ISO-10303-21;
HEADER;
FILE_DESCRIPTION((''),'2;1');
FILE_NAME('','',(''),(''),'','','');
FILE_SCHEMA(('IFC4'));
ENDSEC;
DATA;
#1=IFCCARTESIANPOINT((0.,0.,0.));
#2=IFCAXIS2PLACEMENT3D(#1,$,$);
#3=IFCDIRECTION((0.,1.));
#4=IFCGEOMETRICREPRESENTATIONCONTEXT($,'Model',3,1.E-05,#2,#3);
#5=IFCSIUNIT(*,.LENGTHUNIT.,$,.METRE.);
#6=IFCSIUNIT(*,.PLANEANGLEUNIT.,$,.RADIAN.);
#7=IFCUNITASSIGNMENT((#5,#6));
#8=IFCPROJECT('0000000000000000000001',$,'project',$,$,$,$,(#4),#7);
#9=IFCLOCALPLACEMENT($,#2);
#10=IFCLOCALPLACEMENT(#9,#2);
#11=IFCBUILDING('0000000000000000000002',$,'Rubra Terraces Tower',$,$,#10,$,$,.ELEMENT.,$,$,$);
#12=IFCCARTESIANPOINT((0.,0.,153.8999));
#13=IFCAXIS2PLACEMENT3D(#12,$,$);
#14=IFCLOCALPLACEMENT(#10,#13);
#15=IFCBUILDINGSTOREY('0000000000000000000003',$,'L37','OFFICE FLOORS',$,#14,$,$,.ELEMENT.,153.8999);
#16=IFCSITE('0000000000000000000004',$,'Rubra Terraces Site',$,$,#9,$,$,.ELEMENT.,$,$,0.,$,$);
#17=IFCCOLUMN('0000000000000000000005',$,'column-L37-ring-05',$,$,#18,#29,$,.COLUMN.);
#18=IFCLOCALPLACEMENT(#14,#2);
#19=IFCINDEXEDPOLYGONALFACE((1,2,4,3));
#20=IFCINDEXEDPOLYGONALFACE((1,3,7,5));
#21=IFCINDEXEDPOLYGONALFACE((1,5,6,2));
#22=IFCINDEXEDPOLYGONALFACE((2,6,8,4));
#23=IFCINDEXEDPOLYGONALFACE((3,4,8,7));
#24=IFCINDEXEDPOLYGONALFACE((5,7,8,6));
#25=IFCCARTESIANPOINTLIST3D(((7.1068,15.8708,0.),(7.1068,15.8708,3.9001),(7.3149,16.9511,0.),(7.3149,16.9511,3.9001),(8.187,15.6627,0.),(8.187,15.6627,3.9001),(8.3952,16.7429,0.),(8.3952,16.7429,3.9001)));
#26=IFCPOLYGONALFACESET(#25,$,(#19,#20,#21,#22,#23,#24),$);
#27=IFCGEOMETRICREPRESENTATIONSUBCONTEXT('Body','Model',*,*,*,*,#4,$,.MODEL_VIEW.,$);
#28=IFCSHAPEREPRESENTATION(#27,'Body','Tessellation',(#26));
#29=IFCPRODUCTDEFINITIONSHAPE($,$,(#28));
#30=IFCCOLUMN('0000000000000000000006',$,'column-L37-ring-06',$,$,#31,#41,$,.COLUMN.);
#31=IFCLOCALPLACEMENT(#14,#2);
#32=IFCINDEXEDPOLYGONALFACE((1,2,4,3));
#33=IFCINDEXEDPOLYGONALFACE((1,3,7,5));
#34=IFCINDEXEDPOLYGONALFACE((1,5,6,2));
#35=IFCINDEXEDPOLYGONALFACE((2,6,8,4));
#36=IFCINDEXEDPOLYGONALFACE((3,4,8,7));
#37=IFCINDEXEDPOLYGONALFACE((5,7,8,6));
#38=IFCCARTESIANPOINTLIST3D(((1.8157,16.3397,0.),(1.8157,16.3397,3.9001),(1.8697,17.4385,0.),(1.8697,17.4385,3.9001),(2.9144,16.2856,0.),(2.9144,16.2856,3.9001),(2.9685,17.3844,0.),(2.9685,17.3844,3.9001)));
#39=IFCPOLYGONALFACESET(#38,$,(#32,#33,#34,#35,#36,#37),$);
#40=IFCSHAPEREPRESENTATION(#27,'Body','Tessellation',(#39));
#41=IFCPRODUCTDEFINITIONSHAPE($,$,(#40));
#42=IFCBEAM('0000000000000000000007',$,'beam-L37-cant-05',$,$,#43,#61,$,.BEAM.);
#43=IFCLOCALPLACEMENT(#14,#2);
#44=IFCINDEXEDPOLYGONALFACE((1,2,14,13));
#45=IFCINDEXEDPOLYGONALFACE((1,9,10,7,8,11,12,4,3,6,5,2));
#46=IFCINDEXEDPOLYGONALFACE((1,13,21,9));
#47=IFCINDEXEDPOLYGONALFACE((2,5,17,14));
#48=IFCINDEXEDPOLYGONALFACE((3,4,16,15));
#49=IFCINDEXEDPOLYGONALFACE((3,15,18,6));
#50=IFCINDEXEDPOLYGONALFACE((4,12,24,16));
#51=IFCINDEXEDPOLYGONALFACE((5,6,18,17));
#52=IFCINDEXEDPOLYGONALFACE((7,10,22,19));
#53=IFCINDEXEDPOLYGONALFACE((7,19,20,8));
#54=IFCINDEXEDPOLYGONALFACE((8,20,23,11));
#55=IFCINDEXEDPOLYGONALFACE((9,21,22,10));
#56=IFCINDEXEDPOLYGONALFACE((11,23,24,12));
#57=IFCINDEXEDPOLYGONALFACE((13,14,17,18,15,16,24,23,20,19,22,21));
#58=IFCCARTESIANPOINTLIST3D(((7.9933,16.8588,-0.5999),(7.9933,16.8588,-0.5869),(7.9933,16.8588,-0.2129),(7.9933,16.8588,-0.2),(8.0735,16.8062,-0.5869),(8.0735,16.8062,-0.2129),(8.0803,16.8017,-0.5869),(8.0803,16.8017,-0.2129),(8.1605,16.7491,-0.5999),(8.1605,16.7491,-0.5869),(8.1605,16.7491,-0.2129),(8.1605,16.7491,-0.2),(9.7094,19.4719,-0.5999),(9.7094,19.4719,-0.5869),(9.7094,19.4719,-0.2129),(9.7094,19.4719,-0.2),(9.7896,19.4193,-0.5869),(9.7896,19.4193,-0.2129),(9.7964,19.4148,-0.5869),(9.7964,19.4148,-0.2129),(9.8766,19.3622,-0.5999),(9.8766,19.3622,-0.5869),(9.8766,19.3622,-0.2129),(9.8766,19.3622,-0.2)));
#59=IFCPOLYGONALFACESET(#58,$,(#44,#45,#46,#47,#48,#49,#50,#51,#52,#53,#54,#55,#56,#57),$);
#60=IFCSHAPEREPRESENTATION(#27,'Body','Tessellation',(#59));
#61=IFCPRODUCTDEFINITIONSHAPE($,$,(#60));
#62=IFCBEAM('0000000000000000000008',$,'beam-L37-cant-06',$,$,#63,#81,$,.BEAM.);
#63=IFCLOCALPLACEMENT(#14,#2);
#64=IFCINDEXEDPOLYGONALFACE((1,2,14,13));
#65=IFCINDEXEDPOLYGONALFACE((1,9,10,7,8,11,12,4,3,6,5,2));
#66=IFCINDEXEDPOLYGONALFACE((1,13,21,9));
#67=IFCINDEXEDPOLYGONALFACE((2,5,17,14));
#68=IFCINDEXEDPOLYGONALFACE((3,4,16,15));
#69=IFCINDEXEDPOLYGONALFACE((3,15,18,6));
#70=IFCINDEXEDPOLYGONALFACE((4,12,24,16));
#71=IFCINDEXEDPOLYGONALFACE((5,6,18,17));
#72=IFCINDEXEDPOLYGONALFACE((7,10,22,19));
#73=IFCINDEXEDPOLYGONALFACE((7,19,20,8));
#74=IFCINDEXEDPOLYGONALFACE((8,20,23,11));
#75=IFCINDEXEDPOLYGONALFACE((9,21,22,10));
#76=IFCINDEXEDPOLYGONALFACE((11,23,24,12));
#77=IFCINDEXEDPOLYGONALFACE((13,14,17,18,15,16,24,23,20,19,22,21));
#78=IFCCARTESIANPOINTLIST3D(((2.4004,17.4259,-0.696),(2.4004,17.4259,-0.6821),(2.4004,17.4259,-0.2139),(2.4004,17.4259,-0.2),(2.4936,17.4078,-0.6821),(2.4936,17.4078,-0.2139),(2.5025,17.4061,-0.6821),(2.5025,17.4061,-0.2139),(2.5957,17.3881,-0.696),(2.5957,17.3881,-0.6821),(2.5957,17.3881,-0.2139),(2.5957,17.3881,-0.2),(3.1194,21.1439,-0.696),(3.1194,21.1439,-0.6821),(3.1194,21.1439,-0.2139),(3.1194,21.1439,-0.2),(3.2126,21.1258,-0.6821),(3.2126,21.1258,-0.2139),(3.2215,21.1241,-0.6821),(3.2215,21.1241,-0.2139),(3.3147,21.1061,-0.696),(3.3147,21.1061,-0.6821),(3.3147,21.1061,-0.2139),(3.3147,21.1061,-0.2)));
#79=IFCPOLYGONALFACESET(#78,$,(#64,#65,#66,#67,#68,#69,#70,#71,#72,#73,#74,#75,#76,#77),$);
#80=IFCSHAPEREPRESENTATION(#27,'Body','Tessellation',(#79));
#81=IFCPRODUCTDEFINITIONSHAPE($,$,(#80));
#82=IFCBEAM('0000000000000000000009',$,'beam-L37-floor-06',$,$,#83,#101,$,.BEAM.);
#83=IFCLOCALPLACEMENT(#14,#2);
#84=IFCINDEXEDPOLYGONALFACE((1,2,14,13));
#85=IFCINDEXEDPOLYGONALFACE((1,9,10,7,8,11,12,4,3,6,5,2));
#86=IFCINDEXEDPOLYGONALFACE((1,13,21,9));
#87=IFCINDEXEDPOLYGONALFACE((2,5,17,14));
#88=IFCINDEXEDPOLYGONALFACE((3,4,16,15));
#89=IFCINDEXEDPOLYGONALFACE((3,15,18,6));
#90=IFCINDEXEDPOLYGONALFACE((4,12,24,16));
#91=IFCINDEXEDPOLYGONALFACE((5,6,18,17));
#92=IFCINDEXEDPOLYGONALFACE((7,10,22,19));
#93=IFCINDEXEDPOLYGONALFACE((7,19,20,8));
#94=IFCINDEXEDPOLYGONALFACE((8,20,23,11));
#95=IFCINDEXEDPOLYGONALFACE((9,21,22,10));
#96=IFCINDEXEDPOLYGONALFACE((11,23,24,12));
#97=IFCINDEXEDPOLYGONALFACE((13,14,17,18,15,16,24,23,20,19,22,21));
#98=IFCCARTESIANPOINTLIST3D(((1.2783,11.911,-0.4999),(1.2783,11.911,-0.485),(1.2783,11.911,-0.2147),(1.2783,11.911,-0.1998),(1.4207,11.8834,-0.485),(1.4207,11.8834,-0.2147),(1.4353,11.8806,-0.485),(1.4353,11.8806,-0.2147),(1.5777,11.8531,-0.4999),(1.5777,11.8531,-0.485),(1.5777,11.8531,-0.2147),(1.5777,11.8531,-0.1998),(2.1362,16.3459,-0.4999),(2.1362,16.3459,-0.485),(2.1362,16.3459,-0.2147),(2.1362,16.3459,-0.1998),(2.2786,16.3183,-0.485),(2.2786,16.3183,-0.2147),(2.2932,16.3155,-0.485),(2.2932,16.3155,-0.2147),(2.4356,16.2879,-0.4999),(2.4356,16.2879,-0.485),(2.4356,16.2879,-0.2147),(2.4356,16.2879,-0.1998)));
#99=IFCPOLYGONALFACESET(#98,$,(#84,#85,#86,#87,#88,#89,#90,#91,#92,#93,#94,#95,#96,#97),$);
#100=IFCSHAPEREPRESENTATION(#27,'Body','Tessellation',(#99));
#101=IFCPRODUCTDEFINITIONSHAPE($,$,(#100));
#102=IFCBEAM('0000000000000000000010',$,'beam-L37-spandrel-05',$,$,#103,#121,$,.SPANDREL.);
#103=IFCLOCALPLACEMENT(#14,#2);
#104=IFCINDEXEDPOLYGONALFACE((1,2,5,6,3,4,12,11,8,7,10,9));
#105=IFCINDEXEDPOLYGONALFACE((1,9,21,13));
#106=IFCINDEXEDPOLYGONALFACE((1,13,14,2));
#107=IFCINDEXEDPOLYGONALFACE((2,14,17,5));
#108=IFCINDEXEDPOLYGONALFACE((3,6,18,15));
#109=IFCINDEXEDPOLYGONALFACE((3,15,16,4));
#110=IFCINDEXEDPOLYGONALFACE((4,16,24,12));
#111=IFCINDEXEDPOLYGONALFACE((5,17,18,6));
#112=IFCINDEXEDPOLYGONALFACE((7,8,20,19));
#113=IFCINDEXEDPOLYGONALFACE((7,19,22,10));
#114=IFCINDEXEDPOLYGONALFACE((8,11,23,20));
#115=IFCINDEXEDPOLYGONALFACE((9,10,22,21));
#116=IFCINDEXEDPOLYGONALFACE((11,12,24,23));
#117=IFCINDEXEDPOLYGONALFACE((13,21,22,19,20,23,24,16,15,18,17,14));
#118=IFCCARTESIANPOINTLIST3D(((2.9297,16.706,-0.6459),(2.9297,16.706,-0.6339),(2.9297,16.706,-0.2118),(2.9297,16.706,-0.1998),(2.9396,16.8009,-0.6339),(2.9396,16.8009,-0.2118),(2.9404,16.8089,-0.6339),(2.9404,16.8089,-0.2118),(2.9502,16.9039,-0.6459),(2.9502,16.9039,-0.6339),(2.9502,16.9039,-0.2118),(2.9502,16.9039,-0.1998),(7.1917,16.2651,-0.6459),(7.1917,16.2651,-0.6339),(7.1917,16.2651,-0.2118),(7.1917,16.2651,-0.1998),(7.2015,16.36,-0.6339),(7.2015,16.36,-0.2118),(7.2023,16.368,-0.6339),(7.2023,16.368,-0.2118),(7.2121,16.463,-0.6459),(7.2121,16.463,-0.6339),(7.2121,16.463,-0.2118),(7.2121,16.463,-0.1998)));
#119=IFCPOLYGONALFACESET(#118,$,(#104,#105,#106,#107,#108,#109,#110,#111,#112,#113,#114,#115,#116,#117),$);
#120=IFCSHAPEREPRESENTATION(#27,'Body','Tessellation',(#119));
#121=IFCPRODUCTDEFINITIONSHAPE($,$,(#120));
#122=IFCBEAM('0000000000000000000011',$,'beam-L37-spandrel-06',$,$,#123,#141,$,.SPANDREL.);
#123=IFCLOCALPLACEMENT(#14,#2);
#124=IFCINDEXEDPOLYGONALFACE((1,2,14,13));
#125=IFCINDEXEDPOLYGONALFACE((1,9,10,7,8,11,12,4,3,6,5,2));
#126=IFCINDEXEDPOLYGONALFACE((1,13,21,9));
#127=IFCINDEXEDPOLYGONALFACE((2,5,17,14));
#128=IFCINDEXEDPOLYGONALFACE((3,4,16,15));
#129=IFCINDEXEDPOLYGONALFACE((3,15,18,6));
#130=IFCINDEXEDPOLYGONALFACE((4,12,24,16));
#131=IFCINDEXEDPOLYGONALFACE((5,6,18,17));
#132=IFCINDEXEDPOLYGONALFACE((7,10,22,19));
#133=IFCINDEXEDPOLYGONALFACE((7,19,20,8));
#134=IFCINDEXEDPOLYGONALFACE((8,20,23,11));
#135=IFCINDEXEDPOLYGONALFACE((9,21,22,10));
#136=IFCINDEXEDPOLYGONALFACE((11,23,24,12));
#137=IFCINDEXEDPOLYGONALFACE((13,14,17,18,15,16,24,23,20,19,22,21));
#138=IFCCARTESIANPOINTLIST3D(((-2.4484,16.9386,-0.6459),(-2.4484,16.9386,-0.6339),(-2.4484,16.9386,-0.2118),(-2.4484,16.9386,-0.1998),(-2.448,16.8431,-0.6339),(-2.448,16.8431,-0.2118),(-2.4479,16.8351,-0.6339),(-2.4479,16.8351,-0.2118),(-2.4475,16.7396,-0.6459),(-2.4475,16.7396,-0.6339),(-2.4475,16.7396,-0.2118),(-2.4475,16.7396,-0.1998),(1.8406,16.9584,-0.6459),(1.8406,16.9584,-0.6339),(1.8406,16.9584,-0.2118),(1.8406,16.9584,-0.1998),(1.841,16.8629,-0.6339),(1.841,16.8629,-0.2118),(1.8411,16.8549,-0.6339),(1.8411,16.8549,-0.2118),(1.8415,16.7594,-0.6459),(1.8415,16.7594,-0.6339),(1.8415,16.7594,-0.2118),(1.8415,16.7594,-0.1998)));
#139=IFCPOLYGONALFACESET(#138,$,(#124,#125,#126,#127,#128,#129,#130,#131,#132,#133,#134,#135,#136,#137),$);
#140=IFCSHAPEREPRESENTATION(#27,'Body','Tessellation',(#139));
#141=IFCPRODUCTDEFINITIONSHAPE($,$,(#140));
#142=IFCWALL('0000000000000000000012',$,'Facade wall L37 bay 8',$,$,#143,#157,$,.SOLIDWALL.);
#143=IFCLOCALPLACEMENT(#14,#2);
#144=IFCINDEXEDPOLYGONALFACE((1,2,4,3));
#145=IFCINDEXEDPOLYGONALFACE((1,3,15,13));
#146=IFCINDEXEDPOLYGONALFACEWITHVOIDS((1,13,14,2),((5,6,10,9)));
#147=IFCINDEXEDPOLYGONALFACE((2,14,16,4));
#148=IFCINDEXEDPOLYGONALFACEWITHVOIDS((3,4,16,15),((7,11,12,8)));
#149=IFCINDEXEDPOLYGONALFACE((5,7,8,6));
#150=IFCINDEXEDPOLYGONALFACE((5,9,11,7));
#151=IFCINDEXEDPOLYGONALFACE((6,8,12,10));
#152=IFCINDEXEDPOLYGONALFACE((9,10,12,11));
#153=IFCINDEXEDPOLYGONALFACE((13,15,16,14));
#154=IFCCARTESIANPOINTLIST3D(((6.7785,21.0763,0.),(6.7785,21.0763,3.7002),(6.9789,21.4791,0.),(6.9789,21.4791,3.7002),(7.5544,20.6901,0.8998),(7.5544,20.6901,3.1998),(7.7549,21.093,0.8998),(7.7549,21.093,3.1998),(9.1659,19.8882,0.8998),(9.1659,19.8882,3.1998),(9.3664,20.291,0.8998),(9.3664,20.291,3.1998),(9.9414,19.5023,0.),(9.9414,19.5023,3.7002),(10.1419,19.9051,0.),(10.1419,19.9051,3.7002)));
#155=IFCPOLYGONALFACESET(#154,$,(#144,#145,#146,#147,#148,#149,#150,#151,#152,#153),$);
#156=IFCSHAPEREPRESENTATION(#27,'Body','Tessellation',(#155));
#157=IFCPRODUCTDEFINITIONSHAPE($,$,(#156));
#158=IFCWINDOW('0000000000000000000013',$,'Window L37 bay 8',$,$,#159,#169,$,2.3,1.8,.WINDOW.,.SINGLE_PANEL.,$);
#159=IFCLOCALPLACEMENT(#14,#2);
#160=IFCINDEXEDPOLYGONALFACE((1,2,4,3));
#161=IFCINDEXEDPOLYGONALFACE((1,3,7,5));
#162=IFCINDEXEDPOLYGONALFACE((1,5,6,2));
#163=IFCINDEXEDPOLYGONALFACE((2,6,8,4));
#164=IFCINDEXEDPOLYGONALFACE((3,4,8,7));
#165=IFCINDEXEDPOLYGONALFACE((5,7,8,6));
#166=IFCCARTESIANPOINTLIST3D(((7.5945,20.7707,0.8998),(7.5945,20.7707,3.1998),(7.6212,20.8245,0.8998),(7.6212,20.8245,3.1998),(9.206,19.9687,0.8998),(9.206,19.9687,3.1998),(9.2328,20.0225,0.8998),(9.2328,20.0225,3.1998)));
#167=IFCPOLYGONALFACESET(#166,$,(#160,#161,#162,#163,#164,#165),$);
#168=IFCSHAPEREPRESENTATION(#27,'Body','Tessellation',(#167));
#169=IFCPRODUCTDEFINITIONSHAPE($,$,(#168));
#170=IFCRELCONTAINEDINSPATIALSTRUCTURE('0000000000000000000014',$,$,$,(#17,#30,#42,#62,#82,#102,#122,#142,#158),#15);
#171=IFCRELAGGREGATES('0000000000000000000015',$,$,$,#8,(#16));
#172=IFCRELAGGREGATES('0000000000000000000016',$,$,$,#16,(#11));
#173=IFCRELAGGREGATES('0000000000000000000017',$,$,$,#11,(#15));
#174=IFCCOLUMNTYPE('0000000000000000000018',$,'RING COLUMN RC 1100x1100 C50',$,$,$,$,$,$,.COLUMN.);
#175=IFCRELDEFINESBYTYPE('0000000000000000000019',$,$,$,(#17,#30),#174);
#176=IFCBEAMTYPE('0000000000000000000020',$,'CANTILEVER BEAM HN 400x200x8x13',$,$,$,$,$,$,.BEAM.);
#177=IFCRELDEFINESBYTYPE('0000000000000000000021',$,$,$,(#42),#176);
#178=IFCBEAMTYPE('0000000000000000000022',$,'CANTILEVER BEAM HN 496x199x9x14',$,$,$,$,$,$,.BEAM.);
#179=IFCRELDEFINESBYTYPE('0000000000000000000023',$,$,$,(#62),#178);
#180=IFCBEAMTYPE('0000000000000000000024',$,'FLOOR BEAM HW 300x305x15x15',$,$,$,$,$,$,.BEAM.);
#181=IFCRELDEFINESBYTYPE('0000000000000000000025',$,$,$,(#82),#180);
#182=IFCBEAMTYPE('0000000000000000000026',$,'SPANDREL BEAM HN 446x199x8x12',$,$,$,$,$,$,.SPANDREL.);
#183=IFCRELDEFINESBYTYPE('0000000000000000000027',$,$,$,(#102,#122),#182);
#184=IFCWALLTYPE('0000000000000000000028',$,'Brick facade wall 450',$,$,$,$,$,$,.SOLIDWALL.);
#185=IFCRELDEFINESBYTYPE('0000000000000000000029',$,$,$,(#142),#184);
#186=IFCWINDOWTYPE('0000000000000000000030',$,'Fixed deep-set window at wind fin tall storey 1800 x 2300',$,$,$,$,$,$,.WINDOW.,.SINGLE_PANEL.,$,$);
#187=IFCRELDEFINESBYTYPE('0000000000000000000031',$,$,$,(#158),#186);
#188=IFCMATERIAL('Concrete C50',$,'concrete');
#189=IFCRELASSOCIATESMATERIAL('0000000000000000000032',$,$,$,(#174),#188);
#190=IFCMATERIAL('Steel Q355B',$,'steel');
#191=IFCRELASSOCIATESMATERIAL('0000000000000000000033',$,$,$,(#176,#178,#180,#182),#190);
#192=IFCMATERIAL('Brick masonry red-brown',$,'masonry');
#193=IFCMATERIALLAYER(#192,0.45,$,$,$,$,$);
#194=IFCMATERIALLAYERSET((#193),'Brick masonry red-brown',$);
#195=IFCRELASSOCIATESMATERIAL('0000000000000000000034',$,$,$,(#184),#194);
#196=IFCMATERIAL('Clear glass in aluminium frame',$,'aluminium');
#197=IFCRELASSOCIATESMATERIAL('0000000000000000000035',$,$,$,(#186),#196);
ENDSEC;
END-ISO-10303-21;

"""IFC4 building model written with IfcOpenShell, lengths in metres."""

from ifc_helpers import new_model, si_unit, direction, frame, frame_2d, origin, origin_2d, place, context, subcontext, project, spatial, rectangle, i_section, extrude, material, layer, layer_set, material_profile, profile_set, type_object, element, fill, save


model = new_model("IFC4")

# Units and contexts
model_context = context("Model", 3, precision=1e-05, world=origin(), true_north=direction((0.0, 1.0)))
body_context = subcontext(model_context, "Body", "Model", "MODEL_VIEW")
ifc_project = project(units=[si_unit("LENGTHUNIT", "METRE"), si_unit("PLANEANGLEUNIT", "RADIAN")], contexts=[model_context])

# Site, building, storey
site_placement = place(None, origin())
site = spatial("IfcSite", under=ifc_project, at=site_placement, Name="Rubra Terraces Site", CompositionType="ELEMENT", RefElevation=0.0)
building_placement = place(site_placement, origin())
building = spatial("IfcBuilding", under=site, at=building_placement, Name="Rubra Terraces Tower", CompositionType="ELEMENT")
storey_placement = place(building_placement, frame((0.0, 0.0, 153.8999)))
storey = spatial("IfcBuildingStorey", under=building, at=storey_placement, Name="L37", Description="OFFICE FLOORS", CompositionType="ELEMENT", Elevation=153.8999)

# Columns
ifc_material_1 = material(Name="Concrete C50", Category="concrete")
ifc_material_profile_1 = material_profile(ifc_material_1, rectangle(XDim=1.1001, YDim=1.1001, at=origin_2d()), Name="RC 1100x1100")
ifc_profile_set_1 = profile_set([ifc_material_profile_1], Name="Concrete C50")
column_type = type_object("IfcColumnType", Name="RING COLUMN RC 1100x1100 C50", PredefinedType="COLUMN", material=ifc_profile_set_1)
for number, where, z_axis, x_axis, name in (
    (1, (7.751, 16.3069, 0.0), (0.0, 0.0, 1.0), (-0.981937, 0.18921, 0.0), "column-L37-ring-05"),
    (2, (2.3921, 16.8621, 0.0), (0.0, 0.0, 1.0), (-0.998791, 0.04915, 0.0), "column-L37-ring-06"),
):
    element("IfcColumn", number, at=place(storey_placement, frame(where, z_axis=z_axis, x_axis=x_axis)), inside=storey, type_object=column_type, Name=name, PredefinedType="COLUMN", context=body_context, shape_type="SweptSolid", body=[
        extrude(rectangle(XDim=1.1001, YDim=1.1001, at=origin_2d()), origin(), (0.0, 0.0, 1.0), 3.9001),
    ])

# Beams
ifc_material_2 = material(Name="Steel Q355B", Category="steel")
ifc_material_profile_2 = material_profile(ifc_material_2, i_section(OverallWidth=0.2, OverallDepth=0.3999, WebThickness=0.0081, FlangeThickness=0.0129, at=origin_2d()), Name="HN 400x200x8x13")
ifc_profile_set_2 = profile_set([ifc_material_profile_2], Name="Steel Q355B")
beam_type_1 = type_object("IfcBeamType", Name="CANTILEVER BEAM HN 400x200x8x13", PredefinedType="BEAM", material=ifc_profile_set_2)
beam_1_placement = place(storey_placement, frame((8.0769, 16.804, -0.3999), z_axis=(0.548938, 0.835863, 0.0), x_axis=(-0.835863, 0.548938, 0.0)))
element("IfcBeam", 3, at=beam_1_placement, inside=storey, type_object=beam_type_1, Name="beam-L37-cant-05", PredefinedType="BEAM", context=body_context, shape_type="SweptSolid", body=[
    extrude(i_section(OverallWidth=0.2, OverallDepth=0.3999, WebThickness=0.0081, FlangeThickness=0.0129, at=origin_2d()), origin(), (0.0, 0.0, 1.0), 3.1262),
])
ifc_material_profile_3 = material_profile(ifc_material_2, i_section(OverallWidth=0.199, OverallDepth=0.4961, WebThickness=0.009, FlangeThickness=0.0139, at=origin_2d()), Name="HN 496x199x9x14")
ifc_profile_set_3 = profile_set([ifc_material_profile_3], Name="Steel Q355B")
beam_type_2 = type_object("IfcBeamType", Name="CANTILEVER BEAM HN 496x199x9x14", PredefinedType="BEAM", material=ifc_profile_set_3)
beam_2_placement = place(storey_placement, frame((2.498, 17.407, -0.448), z_axis=(0.189864, 0.98181, 0.0), x_axis=(-0.98181, 0.189864, 0.0)))
element("IfcBeam", 4, at=beam_2_placement, inside=storey, type_object=beam_type_2, Name="beam-L37-cant-06", PredefinedType="BEAM", context=body_context, shape_type="SweptSolid", body=[
    extrude(i_section(OverallWidth=0.199, OverallDepth=0.4961, WebThickness=0.009, FlangeThickness=0.0139, at=origin_2d()), origin(), (0.0, 0.0, 1.0), 3.7869),
])
ifc_material_profile_4 = material_profile(ifc_material_2, i_section(OverallWidth=0.3049, OverallDepth=0.3, WebThickness=0.0149, FlangeThickness=0.0149, at=origin_2d()), Name="HW 300x305x15x15")
ifc_profile_set_4 = profile_set([ifc_material_profile_4], Name="Steel Q355B")
beam_type_3 = type_object("IfcBeamType", Name="FLOOR BEAM HW 300x305x15x15", PredefinedType="BEAM", material=ifc_profile_set_4)
beam_3_placement = place(storey_placement, frame((2.2859, 16.3169, -0.3499), z_axis=(-0.189928, -0.981798, 0.0), x_axis=(0.981798, -0.189928, 0.0)))
element("IfcBeam", 5, at=beam_3_placement, inside=storey, type_object=beam_type_3, Name="beam-L37-floor-06", PredefinedType="BEAM", context=body_context, shape_type="SweptSolid", body=[
    extrude(i_section(OverallWidth=0.3049, OverallDepth=0.3, WebThickness=0.0149, FlangeThickness=0.0149, at=origin_2d()), origin(), (0.0, 0.0, 1.0), 4.5171),
])
ifc_material_profile_5 = material_profile(ifc_material_2, i_section(OverallWidth=0.199, OverallDepth=0.446, WebThickness=0.0081, FlangeThickness=0.012, at=origin_2d()), Name="HN 446x199x8x12")
ifc_profile_set_5 = profile_set([ifc_material_profile_5], Name="Steel Q355B")
beam_type_4 = type_object("IfcBeamType", Name="SPANDREL BEAM HN 446x199x8x12", PredefinedType="SPANDREL", material=ifc_profile_set_5)
beam_4_placement = place(storey_placement, frame((7.2019, 16.364, -0.4229), z_axis=(-0.994691, 0.102905, 0.0), x_axis=(-0.102905, -0.994691, 0.0)))
element("IfcBeam", 6, at=beam_4_placement, inside=storey, type_object=beam_type_4, Name="beam-L37-spandrel-05", PredefinedType="SPANDREL", context=body_context, shape_type="SweptSolid", body=[
    extrude(i_section(OverallWidth=0.199, OverallDepth=0.446, WebThickness=0.0081, FlangeThickness=0.012, at=origin_2d()), origin(), (0.0, 0.0, 1.0), 4.2847),
])
beam_5_placement = place(storey_placement, frame((1.8411, 16.8589, -0.4229), z_axis=(-0.999989, -0.004611, 0.0), x_axis=(0.004611, -0.999989, 0.0)))
element("IfcBeam", 7, at=beam_5_placement, inside=storey, type_object=beam_type_4, Name="beam-L37-spandrel-06", PredefinedType="SPANDREL", context=body_context, shape_type="SweptSolid", body=[
    extrude(i_section(OverallWidth=0.199, OverallDepth=0.446, WebThickness=0.0081, FlangeThickness=0.012, at=origin_2d()), origin(), (0.0, 0.0, 1.0), 4.2891),
])

# Wall, opening, window
ifc_material_3 = material(Name="Brick masonry red-brown", Category="masonry")
ifc_layer_1 = layer(ifc_material_3, 0.45)
ifc_layer_set_1 = layer_set([ifc_layer_1], Name="Brick masonry red-brown")
wall_type_1 = type_object("IfcWallType", Name="Brick facade wall 450", PredefinedType="SOLIDWALL", material=ifc_layer_set_1)
wall_1_placement = place(storey_placement, frame((10.0417, 19.7036, 0.0), z_axis=(0.0, 0.0, 1.0), x_axis=(-0.895269, 0.445527, 0.0)))
wall_1 = element("IfcWall", 8, at=wall_1_placement, inside=storey, type_object=wall_type_1, Name="Facade wall L37 bay 8", PredefinedType="SOLIDWALL", context=body_context, shape_type="SweptSolid", body=[
    extrude(rectangle(XDim=3.533, YDim=0.45, at=frame_2d((1.7666, 0.0))), origin(), (0.0, 0.0, 1.0), 3.7002),
])
opening_1_placement = place(wall_1_placement, frame((0.8665, 0.0, 0.8999)))
opening_1 = element("IfcOpeningElement", 9, at=opening_1_placement, cuts=wall_1, PredefinedType="OPENING", context=body_context, shape_type="SweptSolid", body=[
    extrude(rectangle(XDim=1.8, YDim=2.3, at=frame_2d((0.8999, 1.1499))), frame((0.0, 0.2349, 0.0), z_axis=(0.0, -1.0, 0.0), x_axis=(1.0, 0.0, 0.0)), (0.0, 0.0, 1.0), 0.47),
])
ifc_material_4 = material(Name="Clear glass in aluminium frame", Category="aluminium")
window_type_1 = type_object("IfcWindowType", Name="Fixed deep-set window at wind fin tall storey 1800 x 2300", PartitioningType="SINGLE_PANEL", PredefinedType="WINDOW", material=ifc_material_4)
window_1_placement = place(opening_1_placement, origin())
window_1 = element("IfcWindow", 10, at=window_1_placement, inside=storey, type_object=window_type_1, Name="Window L37 bay 8", OverallHeight=2.3, OverallWidth=1.8, PartitioningType="SINGLE_PANEL", PredefinedType="WINDOW", context=body_context, shape_type="SweptSolid", body=[
    extrude(rectangle(XDim=1.8, YDim=2.3, at=frame_2d((0.8999, 1.1499))), frame((0.0, 0.135, 0.0), z_axis=(0.0, -1.0, 0.0), x_axis=(1.0, 0.0, 0.0)), (0.0, 0.0, 1.0), 0.0601),
])
fill(opening_1, window_1)

save(model, "model.ifc")
